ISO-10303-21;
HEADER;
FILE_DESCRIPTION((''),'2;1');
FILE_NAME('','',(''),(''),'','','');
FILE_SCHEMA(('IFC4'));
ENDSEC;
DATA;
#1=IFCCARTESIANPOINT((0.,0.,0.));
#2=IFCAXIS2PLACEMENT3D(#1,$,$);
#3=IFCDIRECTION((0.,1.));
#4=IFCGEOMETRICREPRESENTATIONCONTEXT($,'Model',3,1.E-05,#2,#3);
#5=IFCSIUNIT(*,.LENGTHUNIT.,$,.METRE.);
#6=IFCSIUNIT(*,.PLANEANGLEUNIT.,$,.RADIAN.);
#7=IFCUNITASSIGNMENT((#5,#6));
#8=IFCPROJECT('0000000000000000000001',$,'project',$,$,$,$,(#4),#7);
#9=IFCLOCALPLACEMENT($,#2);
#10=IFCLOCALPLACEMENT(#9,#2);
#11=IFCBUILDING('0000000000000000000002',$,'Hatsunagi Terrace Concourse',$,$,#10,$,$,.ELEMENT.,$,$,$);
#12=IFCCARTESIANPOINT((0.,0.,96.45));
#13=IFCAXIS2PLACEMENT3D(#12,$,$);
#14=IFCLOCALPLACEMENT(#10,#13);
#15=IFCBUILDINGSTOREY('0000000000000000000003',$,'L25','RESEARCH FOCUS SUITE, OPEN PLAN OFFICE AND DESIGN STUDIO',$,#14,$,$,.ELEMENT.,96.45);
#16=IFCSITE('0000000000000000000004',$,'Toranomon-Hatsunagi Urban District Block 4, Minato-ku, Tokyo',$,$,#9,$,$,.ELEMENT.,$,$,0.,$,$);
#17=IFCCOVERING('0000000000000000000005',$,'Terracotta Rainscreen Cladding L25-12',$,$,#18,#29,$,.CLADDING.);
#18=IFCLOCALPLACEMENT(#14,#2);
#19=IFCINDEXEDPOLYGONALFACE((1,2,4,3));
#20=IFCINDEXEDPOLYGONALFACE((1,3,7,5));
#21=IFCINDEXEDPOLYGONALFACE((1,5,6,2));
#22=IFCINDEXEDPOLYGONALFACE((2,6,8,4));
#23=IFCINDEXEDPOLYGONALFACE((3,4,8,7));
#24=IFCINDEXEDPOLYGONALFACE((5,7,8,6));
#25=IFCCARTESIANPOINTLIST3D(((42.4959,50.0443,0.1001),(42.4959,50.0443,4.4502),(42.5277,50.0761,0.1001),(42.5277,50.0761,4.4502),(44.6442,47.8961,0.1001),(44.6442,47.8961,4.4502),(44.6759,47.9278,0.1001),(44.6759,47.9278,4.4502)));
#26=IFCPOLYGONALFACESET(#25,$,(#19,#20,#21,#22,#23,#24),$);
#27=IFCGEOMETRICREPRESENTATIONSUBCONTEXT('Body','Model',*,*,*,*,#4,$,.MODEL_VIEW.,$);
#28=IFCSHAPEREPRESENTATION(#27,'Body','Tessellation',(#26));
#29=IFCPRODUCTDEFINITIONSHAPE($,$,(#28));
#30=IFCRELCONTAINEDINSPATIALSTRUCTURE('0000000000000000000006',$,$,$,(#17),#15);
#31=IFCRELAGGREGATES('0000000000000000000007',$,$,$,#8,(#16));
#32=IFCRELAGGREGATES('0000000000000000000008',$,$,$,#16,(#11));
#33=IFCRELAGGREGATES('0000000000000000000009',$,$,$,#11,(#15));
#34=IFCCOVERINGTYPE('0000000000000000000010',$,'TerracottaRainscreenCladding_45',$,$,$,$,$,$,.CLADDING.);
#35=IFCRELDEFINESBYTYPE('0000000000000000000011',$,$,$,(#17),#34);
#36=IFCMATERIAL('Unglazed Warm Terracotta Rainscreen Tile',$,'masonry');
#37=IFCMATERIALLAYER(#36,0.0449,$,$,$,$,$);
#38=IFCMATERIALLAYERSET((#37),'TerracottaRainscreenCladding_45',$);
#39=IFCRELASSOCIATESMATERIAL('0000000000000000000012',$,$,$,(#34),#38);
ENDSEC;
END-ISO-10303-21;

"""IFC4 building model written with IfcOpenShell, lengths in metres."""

from ifc_helpers import new_model, si_unit, direction, frame, origin, origin_2d, place, context, subcontext, project, spatial, rectangle, extrude, material, layer, layer_set, type_object, element, save


model = new_model("IFC4")

# Units and contexts
model_context = context("Model", 3, precision=1e-05, world=origin(), true_north=direction((0.0, 1.0)))
body_context = subcontext(model_context, "Body", "Model", "MODEL_VIEW")
ifc_project = project(units=[si_unit("LENGTHUNIT", "METRE"), si_unit("PLANEANGLEUNIT", "RADIAN")], contexts=[model_context])

# Site, building, storey
site_placement = place(None, origin())
site = spatial("IfcSite", under=ifc_project, at=site_placement, Name="Toranomon-Hatsunagi Urban District Block 4, Minato-ku, Tokyo", CompositionType="ELEMENT", RefElevation=0.0)
building_placement = place(site_placement, origin())
building = spatial("IfcBuilding", under=site, at=building_placement, Name="Hatsunagi Terrace Concourse", CompositionType="ELEMENT")
storey_placement = place(building_placement, frame((0.0, 0.0, 96.45)))
storey = spatial("IfcBuildingStorey", under=building, at=storey_placement, Name="L25", Description="RESEARCH FOCUS SUITE, OPEN PLAN OFFICE AND DESIGN STUDIO", CompositionType="ELEMENT", Elevation=96.45)

# Covering
ifc_material_1 = material(Name="Unglazed Warm Terracotta Rainscreen Tile", Category="masonry")
ifc_layer_1 = layer(ifc_material_1, 0.0449)
ifc_layer_set_1 = layer_set([ifc_layer_1], Name="TerracottaRainscreenCladding_45")
covering_type = type_object("IfcCoveringType", Name="TerracottaRainscreenCladding_45", PredefinedType="CLADDING", material=ifc_layer_set_1)
covering_placement = place(storey_placement, frame((43.5859, 48.9861, 0.1001), z_axis=(0.0, 0.0, 1.0), x_axis=(0.707107, -0.707107, 0.0)))
element("IfcCovering", 1, at=covering_placement, inside=storey, type_object=covering_type, Name="Terracotta Rainscreen Cladding L25-12", PredefinedType="CLADDING", context=body_context, shape_type="SweptSolid", body=[
    extrude(rectangle(XDim=3.0381, YDim=0.0449, at=origin_2d()), origin(), (0.0, 0.0, 1.0), 4.3501),
])

save(model, "model.ifc")
